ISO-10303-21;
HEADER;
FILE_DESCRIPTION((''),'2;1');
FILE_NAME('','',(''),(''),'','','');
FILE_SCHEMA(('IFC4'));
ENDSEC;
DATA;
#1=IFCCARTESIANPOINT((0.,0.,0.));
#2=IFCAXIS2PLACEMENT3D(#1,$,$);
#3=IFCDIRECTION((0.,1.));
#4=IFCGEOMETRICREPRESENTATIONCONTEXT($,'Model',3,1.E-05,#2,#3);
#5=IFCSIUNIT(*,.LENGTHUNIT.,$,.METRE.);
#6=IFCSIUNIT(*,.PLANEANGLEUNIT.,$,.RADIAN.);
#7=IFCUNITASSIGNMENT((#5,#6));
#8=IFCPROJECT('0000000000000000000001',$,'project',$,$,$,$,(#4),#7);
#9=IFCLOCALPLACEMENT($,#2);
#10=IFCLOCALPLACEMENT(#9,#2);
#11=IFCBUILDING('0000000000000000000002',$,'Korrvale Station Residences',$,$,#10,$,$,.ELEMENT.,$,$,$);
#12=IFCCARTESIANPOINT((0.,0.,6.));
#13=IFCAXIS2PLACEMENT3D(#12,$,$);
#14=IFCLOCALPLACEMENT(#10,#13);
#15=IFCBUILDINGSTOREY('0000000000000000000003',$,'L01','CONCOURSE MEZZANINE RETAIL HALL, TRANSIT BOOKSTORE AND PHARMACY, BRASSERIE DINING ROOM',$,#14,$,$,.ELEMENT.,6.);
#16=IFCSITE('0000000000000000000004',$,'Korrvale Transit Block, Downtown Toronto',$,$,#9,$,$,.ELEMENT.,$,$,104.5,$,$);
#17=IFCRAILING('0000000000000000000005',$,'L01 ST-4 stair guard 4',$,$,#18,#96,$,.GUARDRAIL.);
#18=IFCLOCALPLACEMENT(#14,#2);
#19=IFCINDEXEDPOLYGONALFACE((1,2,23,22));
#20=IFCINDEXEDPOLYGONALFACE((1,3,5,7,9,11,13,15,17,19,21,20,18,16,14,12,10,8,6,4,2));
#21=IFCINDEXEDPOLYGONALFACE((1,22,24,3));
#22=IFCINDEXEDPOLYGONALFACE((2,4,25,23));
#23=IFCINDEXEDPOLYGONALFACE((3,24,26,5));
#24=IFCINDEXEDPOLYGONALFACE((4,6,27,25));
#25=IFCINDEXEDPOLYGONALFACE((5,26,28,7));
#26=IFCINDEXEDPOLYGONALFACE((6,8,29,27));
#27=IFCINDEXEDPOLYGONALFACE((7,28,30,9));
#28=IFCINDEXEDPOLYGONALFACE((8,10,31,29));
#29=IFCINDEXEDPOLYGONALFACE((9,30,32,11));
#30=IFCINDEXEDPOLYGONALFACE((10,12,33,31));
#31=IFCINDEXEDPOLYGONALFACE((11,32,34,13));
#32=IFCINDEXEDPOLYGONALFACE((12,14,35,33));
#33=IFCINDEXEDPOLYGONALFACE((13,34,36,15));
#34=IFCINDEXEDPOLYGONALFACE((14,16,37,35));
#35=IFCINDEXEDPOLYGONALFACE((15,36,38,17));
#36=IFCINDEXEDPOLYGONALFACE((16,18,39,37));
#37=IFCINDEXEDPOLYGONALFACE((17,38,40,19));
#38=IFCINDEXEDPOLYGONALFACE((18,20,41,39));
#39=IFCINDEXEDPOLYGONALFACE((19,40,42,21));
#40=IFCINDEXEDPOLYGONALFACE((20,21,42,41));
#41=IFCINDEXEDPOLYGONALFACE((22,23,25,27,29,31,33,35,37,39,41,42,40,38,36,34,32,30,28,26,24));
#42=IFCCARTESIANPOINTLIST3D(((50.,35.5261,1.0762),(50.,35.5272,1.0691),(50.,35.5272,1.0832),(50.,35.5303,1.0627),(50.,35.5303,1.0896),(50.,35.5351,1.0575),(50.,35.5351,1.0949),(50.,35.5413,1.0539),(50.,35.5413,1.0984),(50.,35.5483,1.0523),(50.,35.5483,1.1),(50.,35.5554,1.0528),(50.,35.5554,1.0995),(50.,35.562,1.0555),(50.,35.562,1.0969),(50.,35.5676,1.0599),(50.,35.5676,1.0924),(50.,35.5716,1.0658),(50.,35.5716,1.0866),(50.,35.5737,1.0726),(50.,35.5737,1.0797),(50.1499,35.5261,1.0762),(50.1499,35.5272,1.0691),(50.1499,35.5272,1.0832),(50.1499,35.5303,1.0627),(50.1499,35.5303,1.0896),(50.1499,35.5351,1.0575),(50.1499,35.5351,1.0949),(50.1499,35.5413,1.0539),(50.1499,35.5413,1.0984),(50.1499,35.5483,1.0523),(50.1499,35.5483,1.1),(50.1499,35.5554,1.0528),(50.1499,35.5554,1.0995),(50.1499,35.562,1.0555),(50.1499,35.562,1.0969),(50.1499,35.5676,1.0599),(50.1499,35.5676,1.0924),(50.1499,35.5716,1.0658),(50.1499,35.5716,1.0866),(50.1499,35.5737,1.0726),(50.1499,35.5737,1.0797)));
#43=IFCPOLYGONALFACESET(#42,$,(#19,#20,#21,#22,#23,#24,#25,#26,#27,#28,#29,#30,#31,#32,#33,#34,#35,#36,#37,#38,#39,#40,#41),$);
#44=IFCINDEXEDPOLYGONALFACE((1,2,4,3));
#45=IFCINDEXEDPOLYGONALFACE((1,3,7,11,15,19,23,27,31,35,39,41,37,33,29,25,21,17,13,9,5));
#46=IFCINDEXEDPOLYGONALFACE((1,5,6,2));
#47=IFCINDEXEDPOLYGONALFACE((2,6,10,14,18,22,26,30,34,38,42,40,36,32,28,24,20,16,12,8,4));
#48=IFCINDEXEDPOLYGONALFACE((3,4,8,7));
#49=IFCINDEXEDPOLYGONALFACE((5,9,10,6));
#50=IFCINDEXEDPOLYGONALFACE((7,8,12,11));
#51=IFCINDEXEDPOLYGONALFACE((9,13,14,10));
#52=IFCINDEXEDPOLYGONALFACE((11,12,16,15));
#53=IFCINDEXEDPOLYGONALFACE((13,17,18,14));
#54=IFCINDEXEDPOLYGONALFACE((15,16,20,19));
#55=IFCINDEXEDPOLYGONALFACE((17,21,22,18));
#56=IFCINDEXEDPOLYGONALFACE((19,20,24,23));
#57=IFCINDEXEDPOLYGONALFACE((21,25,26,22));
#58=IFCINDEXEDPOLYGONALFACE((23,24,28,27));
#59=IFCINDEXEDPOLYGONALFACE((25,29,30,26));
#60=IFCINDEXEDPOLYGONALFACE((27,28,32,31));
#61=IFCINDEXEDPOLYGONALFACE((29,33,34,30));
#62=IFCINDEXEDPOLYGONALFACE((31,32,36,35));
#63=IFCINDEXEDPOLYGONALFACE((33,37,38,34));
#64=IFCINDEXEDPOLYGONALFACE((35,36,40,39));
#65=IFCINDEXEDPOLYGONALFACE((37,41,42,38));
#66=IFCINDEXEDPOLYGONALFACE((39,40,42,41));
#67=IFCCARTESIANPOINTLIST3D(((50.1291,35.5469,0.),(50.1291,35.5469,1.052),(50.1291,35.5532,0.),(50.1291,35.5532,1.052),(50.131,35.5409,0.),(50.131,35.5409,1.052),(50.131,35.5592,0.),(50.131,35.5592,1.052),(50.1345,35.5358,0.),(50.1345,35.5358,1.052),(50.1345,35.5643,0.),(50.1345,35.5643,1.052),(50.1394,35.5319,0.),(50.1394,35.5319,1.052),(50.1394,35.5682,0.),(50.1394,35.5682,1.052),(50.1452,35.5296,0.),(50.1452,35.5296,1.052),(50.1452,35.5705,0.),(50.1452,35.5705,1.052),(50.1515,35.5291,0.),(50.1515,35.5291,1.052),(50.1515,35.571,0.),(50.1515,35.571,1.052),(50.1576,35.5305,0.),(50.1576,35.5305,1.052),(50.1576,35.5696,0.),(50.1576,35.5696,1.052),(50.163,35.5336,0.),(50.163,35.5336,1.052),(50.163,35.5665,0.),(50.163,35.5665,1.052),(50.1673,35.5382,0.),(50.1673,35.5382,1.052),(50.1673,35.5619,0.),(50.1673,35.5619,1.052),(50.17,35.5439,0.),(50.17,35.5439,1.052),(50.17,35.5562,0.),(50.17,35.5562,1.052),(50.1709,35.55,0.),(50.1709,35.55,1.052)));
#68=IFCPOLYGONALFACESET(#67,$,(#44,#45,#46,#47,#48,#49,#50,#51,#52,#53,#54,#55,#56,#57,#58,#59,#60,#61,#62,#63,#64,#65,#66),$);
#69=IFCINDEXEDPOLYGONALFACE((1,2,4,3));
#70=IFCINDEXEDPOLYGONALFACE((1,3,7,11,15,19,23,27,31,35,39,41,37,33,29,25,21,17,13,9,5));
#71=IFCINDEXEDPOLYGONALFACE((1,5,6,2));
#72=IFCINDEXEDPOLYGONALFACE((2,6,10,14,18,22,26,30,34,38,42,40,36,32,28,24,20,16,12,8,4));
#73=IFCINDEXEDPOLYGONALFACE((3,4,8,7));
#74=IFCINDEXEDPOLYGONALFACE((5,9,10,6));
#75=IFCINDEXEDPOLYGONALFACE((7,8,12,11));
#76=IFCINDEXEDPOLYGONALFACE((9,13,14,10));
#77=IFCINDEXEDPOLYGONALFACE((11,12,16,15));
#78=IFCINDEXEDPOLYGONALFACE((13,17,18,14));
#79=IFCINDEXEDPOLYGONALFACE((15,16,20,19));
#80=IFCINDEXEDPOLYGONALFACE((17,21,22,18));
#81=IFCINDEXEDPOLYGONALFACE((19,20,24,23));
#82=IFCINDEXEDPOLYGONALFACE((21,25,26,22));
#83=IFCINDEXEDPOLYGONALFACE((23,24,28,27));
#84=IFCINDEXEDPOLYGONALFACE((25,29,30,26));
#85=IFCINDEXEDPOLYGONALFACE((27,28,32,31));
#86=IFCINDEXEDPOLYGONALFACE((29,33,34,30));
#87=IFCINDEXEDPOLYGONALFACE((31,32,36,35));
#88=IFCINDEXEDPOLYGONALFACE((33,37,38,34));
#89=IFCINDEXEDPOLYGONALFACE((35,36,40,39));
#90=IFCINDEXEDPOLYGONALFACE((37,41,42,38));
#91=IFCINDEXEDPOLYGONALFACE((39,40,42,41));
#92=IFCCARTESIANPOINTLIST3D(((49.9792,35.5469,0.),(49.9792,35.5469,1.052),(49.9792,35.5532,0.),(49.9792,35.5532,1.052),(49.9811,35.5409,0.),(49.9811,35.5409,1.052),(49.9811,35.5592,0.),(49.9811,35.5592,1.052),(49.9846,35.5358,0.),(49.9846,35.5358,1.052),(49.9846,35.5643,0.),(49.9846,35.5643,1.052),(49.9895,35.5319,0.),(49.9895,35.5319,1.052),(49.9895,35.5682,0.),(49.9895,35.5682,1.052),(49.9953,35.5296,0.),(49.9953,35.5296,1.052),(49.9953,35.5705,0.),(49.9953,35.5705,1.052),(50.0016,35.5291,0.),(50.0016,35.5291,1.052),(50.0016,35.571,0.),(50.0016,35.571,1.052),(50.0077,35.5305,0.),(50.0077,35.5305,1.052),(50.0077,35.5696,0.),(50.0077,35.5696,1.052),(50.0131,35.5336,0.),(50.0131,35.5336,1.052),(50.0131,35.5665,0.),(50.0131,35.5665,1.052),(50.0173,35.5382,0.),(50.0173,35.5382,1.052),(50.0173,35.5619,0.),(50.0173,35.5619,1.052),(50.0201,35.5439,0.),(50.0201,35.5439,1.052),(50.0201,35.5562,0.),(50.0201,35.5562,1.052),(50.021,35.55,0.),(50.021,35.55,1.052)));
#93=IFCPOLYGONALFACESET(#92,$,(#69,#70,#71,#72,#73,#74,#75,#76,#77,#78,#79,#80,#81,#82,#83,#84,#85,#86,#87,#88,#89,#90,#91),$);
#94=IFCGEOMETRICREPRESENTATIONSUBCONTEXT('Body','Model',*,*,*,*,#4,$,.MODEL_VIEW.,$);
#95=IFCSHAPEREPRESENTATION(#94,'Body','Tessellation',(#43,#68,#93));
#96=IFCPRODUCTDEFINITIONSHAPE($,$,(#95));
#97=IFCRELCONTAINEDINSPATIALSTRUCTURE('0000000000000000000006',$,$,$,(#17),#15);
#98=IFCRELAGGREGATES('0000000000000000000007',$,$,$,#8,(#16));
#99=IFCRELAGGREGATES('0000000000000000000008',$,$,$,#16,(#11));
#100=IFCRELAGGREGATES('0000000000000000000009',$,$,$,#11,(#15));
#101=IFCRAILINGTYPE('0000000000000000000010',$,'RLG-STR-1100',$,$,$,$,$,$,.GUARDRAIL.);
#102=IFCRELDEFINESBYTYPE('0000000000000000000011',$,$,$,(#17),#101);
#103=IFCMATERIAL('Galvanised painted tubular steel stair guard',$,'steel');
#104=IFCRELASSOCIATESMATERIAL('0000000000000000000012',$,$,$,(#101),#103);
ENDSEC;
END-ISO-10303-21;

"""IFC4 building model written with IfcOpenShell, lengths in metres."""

from ifc_helpers import new_model, si_unit, direction, frame, origin, origin_2d, place, context, subcontext, project, spatial, circle, extrude, material, type_object, element, save


model = new_model("IFC4")

# Units and contexts
model_context = context("Model", 3, precision=1e-05, world=origin(), true_north=direction((0.0, 1.0)))
body_context = subcontext(model_context, "Body", "Model", "MODEL_VIEW")
ifc_project = project(units=[si_unit("LENGTHUNIT", "METRE"), si_unit("PLANEANGLEUNIT", "RADIAN")], contexts=[model_context])

# Site, building, storey
site_placement = place(None, origin())
site = spatial("IfcSite", under=ifc_project, at=site_placement, Name="Korrvale Transit Block, Downtown Toronto", CompositionType="ELEMENT", RefElevation=104.5)
building_placement = place(site_placement, origin())
building = spatial("IfcBuilding", under=site, at=building_placement, Name="Korrvale Station Residences", CompositionType="ELEMENT")
storey_placement = place(building_placement, frame((0.0, 0.0, 6.0)))
storey = spatial("IfcBuildingStorey", under=building, at=storey_placement, Name="L01", Description="CONCOURSE MEZZANINE RETAIL HALL, TRANSIT BOOKSTORE AND PHARMACY, BRASSERIE DINING ROOM", CompositionType="ELEMENT", Elevation=6.0)

# Railing
ifc_material_1 = material(Name="Galvanised painted tubular steel stair guard", Category="steel")
railing_type_1 = type_object("IfcRailingType", Name="RLG-STR-1100", PredefinedType="GUARDRAIL", material=ifc_material_1)
railing_1_placement = place(storey_placement, frame((50.1499, 35.55, 0.0)))
element("IfcRailing", 1, at=railing_1_placement, inside=storey, type_object=railing_type_1, Name="L01 ST-4 stair guard 4", PredefinedType="GUARDRAIL", context=body_context, shape_type="SweptSolid", body=[
    extrude(circle(Radius=0.0239, at=origin_2d()), frame((0.0, 0.0, 1.0762), z_axis=(-1.0, 0.0, 0.0), x_axis=(0.0, -1.0, 0.0)), (0.0, 0.0, 1.0), 0.1499),
    extrude(circle(Radius=0.021, at=origin_2d()), origin(), (0.0, 0.0, 1.0), 1.052),
    extrude(circle(Radius=0.021, at=origin_2d()), frame((-0.1499, 0.0, 0.0)), (0.0, 0.0, 1.0), 1.052),
])

save(model, "model.ifc")
